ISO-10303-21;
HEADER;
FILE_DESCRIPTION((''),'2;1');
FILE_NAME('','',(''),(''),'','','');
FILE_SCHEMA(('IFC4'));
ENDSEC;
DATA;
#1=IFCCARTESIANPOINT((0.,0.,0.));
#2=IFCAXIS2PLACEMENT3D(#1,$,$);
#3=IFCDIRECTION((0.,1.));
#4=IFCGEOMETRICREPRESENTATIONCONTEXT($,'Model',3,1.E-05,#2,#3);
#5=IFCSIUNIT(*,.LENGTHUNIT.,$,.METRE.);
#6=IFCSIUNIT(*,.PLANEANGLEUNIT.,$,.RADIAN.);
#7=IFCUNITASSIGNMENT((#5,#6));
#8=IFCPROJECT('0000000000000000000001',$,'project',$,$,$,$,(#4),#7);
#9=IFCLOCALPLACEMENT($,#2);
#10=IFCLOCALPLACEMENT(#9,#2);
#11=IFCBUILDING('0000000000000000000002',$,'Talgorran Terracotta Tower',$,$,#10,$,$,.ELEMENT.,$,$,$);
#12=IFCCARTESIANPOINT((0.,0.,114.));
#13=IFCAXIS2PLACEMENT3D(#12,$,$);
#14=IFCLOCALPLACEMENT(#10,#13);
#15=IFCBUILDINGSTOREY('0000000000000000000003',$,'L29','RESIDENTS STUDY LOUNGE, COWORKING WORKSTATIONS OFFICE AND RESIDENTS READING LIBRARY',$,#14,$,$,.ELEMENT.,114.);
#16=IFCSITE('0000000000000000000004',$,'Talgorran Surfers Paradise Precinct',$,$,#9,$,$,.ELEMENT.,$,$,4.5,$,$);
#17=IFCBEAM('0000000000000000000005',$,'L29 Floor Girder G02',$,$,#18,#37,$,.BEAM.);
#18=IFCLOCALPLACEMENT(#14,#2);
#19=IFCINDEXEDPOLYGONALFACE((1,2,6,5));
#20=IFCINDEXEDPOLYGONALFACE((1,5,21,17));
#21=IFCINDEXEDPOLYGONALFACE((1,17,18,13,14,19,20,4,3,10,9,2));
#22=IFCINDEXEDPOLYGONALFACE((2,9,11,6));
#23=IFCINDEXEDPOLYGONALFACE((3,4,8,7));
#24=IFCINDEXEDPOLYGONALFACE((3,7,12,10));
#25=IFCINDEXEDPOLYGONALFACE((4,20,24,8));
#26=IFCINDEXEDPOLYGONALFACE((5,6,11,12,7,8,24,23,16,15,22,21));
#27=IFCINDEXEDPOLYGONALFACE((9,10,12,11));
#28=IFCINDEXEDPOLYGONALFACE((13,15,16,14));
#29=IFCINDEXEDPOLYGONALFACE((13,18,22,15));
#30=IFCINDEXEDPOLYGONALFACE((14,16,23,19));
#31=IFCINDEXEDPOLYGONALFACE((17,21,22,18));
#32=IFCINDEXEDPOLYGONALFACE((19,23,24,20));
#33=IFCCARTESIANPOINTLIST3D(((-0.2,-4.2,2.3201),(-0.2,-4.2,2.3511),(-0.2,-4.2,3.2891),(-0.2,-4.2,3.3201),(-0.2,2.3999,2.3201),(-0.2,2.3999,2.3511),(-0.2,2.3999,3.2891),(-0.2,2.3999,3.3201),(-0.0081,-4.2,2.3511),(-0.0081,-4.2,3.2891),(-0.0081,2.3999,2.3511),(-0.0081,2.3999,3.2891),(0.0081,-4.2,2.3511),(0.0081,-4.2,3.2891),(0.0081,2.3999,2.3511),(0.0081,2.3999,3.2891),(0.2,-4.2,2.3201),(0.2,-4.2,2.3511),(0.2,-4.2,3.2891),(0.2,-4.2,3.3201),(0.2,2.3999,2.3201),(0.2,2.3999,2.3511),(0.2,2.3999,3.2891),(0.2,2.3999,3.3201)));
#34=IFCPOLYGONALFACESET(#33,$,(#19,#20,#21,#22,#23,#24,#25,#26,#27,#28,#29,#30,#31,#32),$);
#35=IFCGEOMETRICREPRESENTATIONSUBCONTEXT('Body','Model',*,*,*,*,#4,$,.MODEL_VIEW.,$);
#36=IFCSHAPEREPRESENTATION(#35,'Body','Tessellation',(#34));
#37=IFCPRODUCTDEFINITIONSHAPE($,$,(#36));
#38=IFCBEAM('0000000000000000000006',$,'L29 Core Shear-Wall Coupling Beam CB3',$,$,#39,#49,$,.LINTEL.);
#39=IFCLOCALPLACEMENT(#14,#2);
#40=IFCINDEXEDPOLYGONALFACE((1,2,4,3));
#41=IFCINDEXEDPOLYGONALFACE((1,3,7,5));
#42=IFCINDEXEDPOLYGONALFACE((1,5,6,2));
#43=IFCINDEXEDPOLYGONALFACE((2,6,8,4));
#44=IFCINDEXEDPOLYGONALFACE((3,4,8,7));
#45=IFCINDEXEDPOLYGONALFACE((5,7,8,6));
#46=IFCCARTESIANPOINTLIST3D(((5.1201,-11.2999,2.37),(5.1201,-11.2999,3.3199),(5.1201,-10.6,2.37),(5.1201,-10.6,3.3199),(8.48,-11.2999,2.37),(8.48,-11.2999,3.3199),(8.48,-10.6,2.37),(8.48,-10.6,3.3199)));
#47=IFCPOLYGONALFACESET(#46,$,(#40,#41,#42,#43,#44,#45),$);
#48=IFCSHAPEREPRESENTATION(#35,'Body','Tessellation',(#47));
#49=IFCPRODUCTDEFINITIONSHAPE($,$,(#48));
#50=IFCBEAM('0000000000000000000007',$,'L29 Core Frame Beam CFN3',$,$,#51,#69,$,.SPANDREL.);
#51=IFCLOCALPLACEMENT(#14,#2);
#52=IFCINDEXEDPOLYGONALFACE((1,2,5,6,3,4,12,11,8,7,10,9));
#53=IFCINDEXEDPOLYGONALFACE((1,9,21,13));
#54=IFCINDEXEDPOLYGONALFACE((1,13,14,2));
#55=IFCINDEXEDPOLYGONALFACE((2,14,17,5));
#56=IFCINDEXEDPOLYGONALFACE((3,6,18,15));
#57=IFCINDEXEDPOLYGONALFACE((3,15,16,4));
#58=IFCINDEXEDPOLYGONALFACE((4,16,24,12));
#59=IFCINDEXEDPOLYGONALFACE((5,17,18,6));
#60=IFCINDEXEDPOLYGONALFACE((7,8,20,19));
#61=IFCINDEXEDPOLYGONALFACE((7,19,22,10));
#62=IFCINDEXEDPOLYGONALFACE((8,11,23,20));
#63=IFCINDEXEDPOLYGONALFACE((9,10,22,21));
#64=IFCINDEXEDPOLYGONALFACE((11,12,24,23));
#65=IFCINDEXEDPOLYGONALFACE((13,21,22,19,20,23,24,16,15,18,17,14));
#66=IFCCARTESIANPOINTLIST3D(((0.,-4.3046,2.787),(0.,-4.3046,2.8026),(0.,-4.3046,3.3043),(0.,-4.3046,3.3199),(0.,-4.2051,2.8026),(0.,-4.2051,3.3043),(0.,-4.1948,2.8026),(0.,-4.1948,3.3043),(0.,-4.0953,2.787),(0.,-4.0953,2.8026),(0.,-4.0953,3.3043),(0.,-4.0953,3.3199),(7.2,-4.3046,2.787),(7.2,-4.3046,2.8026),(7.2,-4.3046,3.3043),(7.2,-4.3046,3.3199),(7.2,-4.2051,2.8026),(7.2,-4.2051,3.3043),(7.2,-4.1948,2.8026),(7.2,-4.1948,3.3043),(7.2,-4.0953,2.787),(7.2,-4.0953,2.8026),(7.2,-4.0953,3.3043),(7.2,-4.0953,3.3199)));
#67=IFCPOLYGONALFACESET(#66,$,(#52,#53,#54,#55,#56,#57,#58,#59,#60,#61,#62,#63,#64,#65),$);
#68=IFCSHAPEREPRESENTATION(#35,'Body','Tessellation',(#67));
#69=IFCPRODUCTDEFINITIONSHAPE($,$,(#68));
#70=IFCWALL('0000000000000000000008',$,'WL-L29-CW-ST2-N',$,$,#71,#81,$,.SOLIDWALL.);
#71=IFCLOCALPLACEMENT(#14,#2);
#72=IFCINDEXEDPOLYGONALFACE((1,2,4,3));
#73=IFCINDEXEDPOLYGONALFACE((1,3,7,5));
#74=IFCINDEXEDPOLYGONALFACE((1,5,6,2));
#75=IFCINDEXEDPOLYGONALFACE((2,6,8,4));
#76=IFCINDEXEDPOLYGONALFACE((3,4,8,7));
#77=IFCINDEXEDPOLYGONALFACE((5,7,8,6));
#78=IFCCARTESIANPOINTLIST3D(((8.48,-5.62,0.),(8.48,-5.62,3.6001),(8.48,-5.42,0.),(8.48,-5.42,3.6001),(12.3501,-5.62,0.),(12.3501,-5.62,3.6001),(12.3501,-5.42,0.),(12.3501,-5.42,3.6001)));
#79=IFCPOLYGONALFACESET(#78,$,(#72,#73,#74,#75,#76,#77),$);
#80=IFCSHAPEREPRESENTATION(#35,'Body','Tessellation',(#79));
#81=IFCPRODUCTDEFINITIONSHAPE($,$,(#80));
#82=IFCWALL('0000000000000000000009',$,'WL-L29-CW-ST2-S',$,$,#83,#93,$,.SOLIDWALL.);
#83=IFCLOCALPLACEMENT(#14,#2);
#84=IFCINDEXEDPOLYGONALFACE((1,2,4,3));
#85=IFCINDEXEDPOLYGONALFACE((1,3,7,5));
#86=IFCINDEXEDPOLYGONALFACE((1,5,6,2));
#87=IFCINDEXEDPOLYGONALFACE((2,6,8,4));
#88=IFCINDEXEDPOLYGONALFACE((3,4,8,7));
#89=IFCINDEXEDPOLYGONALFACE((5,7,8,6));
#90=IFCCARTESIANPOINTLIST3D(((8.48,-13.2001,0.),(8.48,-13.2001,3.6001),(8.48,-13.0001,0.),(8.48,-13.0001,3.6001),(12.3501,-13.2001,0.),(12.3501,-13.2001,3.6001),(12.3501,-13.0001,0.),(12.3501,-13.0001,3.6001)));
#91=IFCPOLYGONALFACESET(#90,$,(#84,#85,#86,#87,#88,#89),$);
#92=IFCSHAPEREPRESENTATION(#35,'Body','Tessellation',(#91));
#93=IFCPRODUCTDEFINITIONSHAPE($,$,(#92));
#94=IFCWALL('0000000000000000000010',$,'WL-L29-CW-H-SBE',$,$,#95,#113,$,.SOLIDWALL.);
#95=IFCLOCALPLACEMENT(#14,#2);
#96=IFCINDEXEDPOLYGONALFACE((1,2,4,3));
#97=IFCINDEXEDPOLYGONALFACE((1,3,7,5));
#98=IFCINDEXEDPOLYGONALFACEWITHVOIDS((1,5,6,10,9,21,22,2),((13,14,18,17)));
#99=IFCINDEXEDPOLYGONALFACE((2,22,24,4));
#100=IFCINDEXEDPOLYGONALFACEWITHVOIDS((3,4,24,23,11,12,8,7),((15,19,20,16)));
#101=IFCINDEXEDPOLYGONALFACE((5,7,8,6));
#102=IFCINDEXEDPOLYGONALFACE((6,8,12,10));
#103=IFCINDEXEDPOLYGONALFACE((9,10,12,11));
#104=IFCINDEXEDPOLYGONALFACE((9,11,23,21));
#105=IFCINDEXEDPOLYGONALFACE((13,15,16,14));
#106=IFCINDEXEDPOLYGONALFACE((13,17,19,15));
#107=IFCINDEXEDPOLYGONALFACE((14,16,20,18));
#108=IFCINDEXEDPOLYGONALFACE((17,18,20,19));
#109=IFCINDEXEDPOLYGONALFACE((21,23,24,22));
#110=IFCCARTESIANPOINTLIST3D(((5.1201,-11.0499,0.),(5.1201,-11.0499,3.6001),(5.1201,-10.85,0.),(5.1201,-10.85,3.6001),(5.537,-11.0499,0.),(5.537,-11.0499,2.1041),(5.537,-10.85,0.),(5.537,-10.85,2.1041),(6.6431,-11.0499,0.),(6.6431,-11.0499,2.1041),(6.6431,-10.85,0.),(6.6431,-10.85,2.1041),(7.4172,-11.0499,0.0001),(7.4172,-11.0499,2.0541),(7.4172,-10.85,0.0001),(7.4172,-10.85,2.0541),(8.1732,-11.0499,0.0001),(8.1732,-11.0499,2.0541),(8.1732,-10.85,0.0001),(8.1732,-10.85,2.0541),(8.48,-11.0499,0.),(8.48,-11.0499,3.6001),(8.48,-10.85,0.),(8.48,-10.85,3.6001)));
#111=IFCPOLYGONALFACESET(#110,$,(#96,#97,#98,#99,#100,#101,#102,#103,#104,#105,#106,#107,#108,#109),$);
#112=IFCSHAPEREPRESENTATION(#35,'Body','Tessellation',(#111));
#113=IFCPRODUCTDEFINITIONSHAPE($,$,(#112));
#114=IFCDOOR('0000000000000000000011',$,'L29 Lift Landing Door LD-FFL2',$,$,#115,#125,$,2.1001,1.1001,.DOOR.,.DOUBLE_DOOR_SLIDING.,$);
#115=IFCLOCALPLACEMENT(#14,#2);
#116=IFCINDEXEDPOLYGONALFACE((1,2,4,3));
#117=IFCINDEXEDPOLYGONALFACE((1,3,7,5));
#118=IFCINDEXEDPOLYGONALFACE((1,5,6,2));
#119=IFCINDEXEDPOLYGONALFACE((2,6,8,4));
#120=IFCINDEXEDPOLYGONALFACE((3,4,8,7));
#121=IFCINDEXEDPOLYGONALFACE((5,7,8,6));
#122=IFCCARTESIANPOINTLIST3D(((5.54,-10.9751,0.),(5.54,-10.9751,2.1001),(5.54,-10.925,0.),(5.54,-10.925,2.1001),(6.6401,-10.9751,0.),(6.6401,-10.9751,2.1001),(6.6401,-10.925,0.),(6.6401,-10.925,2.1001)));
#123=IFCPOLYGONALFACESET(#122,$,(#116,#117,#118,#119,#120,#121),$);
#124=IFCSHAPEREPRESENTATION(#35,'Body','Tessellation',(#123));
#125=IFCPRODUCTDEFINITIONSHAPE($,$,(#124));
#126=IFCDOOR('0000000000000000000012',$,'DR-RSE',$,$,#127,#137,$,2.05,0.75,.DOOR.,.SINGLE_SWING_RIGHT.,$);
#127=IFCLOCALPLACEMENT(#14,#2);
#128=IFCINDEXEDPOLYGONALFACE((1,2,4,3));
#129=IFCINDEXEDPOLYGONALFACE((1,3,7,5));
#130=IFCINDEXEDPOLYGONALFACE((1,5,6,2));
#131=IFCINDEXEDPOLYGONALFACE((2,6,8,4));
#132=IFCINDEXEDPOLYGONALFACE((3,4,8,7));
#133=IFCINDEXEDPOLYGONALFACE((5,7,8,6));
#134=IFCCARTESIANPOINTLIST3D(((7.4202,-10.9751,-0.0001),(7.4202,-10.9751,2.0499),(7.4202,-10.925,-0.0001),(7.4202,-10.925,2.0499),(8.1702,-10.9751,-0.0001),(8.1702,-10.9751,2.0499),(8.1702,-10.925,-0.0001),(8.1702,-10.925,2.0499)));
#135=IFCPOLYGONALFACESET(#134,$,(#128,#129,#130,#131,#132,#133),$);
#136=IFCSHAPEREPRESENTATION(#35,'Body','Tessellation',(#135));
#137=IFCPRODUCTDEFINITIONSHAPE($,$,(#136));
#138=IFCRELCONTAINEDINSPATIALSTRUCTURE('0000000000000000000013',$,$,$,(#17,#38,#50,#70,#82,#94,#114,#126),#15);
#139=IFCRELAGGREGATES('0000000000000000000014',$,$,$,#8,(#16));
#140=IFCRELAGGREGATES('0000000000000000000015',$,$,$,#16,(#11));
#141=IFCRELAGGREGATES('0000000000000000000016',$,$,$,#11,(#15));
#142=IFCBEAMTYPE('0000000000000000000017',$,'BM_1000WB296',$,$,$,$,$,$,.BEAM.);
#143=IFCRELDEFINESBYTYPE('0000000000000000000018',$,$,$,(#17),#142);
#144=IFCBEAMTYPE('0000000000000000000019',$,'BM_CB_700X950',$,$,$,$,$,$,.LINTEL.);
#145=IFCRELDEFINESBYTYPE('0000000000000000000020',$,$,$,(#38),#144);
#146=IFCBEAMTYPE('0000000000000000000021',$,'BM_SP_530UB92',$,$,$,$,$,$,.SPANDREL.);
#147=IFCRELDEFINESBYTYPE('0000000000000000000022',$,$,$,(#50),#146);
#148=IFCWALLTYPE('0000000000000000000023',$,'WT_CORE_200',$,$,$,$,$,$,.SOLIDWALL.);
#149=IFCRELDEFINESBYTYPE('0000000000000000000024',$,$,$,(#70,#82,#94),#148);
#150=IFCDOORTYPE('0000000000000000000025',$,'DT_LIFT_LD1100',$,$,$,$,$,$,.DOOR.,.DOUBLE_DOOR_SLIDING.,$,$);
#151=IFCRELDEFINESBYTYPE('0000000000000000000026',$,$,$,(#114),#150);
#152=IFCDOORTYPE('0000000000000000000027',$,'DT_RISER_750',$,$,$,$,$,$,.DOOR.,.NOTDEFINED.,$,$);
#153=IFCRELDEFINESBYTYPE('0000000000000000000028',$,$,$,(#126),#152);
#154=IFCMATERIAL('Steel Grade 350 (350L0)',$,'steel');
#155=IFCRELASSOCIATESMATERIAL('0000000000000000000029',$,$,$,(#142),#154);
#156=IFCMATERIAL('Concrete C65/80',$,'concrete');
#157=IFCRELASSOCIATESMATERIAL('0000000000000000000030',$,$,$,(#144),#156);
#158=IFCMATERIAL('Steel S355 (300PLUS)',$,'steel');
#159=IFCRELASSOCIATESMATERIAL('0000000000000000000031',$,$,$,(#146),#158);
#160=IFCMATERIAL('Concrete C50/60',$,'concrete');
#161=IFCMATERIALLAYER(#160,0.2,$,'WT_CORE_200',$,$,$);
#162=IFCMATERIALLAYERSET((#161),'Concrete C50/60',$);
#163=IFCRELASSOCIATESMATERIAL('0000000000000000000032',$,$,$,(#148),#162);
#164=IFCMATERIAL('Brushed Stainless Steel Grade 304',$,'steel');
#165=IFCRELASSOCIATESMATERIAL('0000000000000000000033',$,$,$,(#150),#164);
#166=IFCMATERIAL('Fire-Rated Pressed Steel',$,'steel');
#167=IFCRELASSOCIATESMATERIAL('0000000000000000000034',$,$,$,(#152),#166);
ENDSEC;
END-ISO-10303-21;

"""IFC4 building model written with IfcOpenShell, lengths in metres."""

from ifc_helpers import new_model, si_unit, direction, frame, frame_2d, origin, origin_2d, place, context, subcontext, project, spatial, rectangle, i_section, extrude, material, layer, layer_set, material_profile, profile_set, type_object, element, fill, save


model = new_model("IFC4")

# Units and contexts
model_context = context("Model", 3, precision=1e-05, world=origin(), true_north=direction((0.0, 1.0)))
body_context = subcontext(model_context, "Body", "Model", "MODEL_VIEW")
ifc_project = project(units=[si_unit("LENGTHUNIT", "METRE"), si_unit("PLANEANGLEUNIT", "RADIAN")], contexts=[model_context])

# Site, building, storey
site_placement = place(None, origin())
site = spatial("IfcSite", under=ifc_project, at=site_placement, Name="Talgorran Surfers Paradise Precinct", CompositionType="ELEMENT", RefElevation=4.5)
building_placement = place(site_placement, origin())
building = spatial("IfcBuilding", under=site, at=building_placement, Name="Talgorran Terracotta Tower", CompositionType="ELEMENT")
storey_placement = place(building_placement, frame((0.0, 0.0, 114.0)))
storey = spatial("IfcBuildingStorey", under=building, at=storey_placement, Name="L29", Description="RESIDENTS STUDY LOUNGE, COWORKING WORKSTATIONS OFFICE AND RESIDENTS READING LIBRARY", CompositionType="ELEMENT", Elevation=114.0)

# Beams
ifc_material_1 = material(Name="Steel Grade 350 (350L0)", Category="steel")
ifc_material_profile_1 = material_profile(ifc_material_1, i_section(OverallWidth=0.3999, OverallDepth=1.0, WebThickness=0.0161, FlangeThickness=0.031, at=origin_2d()), Name="1000WB296")
ifc_profile_set_1 = profile_set([ifc_material_profile_1], Name="Steel Grade 350 (350L0)")
beam_type_1 = type_object("IfcBeamType", Name="BM_1000WB296", PredefinedType="BEAM", material=ifc_profile_set_1)
beam_1_placement = place(storey_placement, frame((0.0, -4.2, 2.8201), z_axis=(0.0, 1.0, 0.0), x_axis=(-1.0, 0.0, 0.0)))
element("IfcBeam", 1, at=beam_1_placement, inside=storey, type_object=beam_type_1, Name="L29 Floor Girder G02", PredefinedType="BEAM", context=body_context, shape_type="SweptSolid", body=[
    extrude(i_section(OverallWidth=0.3999, OverallDepth=1.0, WebThickness=0.0161, FlangeThickness=0.031, at=origin_2d()), origin(), (0.0, 0.0, 1.0), 6.5999),
])
ifc_material_2 = material(Name="Concrete C65/80", Category="concrete")
ifc_material_profile_2 = material_profile(ifc_material_2, rectangle(XDim=0.7, YDim=0.95, at=origin_2d()), Name="RCCB700X950")
ifc_profile_set_2 = profile_set([ifc_material_profile_2], Name="Concrete C65/80")
beam_type_2 = type_object("IfcBeamType", Name="BM_CB_700X950", PredefinedType="LINTEL", material=ifc_profile_set_2)
beam_2_placement = place(storey_placement, frame((5.1201, -10.95, 2.845), z_axis=(1.0, 0.0, 0.0), x_axis=(0.0, 1.0, 0.0)))
element("IfcBeam", 2, at=beam_2_placement, inside=storey, type_object=beam_type_2, Name="L29 Core Shear-Wall Coupling Beam CB3", PredefinedType="LINTEL", context=body_context, shape_type="SweptSolid", body=[
    extrude(rectangle(XDim=0.7, YDim=0.95, at=origin_2d()), origin(), (0.0, 0.0, 1.0), 3.3599),
])
ifc_material_3 = material(Name="Steel S355 (300PLUS)", Category="steel")
ifc_material_profile_3 = material_profile(ifc_material_3, i_section(OverallWidth=0.2092, OverallDepth=0.533, WebThickness=0.0103, FlangeThickness=0.0156, at=origin_2d()), Name="530UB92.4")
ifc_profile_set_3 = profile_set([ifc_material_profile_3], Name="Steel S355 (300PLUS)")
beam_type_3 = type_object("IfcBeamType", Name="BM_SP_530UB92", PredefinedType="SPANDREL", material=ifc_profile_set_3)
beam_3_placement = place(storey_placement, frame((0.0, -4.2, 3.0535), z_axis=(1.0, 0.0, 0.0), x_axis=(0.0, 1.0, 0.0)))
element("IfcBeam", 3, at=beam_3_placement, inside=storey, type_object=beam_type_3, Name="L29 Core Frame Beam CFN3", PredefinedType="SPANDREL", context=body_context, shape_type="SweptSolid", body=[
    extrude(i_section(OverallWidth=0.2092, OverallDepth=0.533, WebThickness=0.0103, FlangeThickness=0.0156, at=origin_2d()), origin(), (0.0, 0.0, 1.0), 7.2),
])

# Walls
ifc_material_4 = material(Name="Concrete C50/60", Category="concrete")
ifc_layer_1 = layer(ifc_material_4, 0.2, Name="WT_CORE_200")
ifc_layer_set_1 = layer_set([ifc_layer_1], Name="Concrete C50/60")
wall_type_1 = type_object("IfcWallType", Name="WT_CORE_200", PredefinedType="SOLIDWALL", material=ifc_layer_set_1)
for number, where, z_axis, x_axis, name in (
    (4, (8.48, -5.52, 0.0), (0.0, 0.0, 1.0), (1.0, 0.0, 0.0), "WL-L29-CW-ST2-N"),
    (5, (8.48, -13.1001, 0.0), (0.0, 0.0, 1.0), (1.0, 0.0, 0.0), "WL-L29-CW-ST2-S"),
):
    element("IfcWall", number, at=place(storey_placement, frame(where, z_axis=z_axis, x_axis=x_axis)), inside=storey, type_object=wall_type_1, Name=name, PredefinedType="SOLIDWALL", context=body_context, shape_type="SweptSolid", body=[
        extrude(rectangle(XDim=3.8701, YDim=0.2, at=frame_2d((1.9351, 0.0))), origin(), (0.0, 0.0, 1.0), 3.6001),
    ])

# Wall, openings, doors
wall_1_placement = place(storey_placement, frame((5.1201, -10.95, 0.0), z_axis=(0.0, 0.0, 1.0), x_axis=(1.0, 0.0, 0.0)))
wall_1 = element("IfcWall", 6, at=wall_1_placement, inside=storey, type_object=wall_type_1, Name="WL-L29-CW-H-SBE", PredefinedType="SOLIDWALL", context=body_context, shape_type="SweptSolid", body=[
    extrude(rectangle(XDim=3.3599, YDim=0.2, at=frame_2d((1.6799, 0.0))), origin(), (0.0, 0.0, 1.0), 3.6001),
])
opening_1_placement = place(wall_1_placement, frame((0.4199, 0.0, 0.0)))
opening_1 = element("IfcOpeningElement", 7, at=opening_1_placement, cuts=wall_1, PredefinedType="OPENING", context=body_context, shape_type="SweptSolid", body=[
    extrude(rectangle(XDim=1.1061, YDim=2.1041, at=frame_2d((0.55, 1.052))), frame((0.0, 0.1099, 0.0), z_axis=(0.0, -1.0, 0.0), x_axis=(1.0, 0.0, 0.0)), (0.0, 0.0, 1.0), 0.22),
])
opening_2_placement = place(wall_1_placement, frame((2.3, 0.0, 0.0)))
opening_2 = element("IfcOpeningElement", 8, at=opening_2_placement, cuts=wall_1, PredefinedType="OPENING", context=body_context, shape_type="SweptSolid", body=[
    extrude(rectangle(XDim=0.756, YDim=2.054, at=frame_2d((0.375, 1.0271))), frame((0.0, 0.1099, 0.0), z_axis=(0.0, -1.0, 0.0), x_axis=(1.0, 0.0, 0.0)), (0.0, 0.0, 1.0), 0.22),
])
ifc_material_5 = material(Name="Brushed Stainless Steel Grade 304", Category="steel")
door_type_1 = type_object("IfcDoorType", Name="DT_LIFT_LD1100", OperationType="DOUBLE_DOOR_SLIDING", PredefinedType="DOOR", material=ifc_material_5)
door_1_placement = place(opening_1_placement, origin())
door_1 = element("IfcDoor", 9, at=door_1_placement, inside=storey, type_object=door_type_1, Name="L29 Lift Landing Door LD-FFL2", OperationType="DOUBLE_DOOR_SLIDING", OverallHeight=2.1001, OverallWidth=1.1001, PredefinedType="DOOR", context=body_context, shape_type="SweptSolid", body=[
    extrude(rectangle(XDim=1.1001, YDim=2.1001, at=frame_2d((0.55, 1.05))), frame((0.0, 0.0249, 0.0), z_axis=(0.0, -1.0, 0.0), x_axis=(1.0, 0.0, 0.0)), (0.0, 0.0, 1.0), 0.05),
])
fill(opening_1, door_1)
ifc_material_6 = material(Name="Fire-Rated Pressed Steel", Category="steel")
door_type_2 = type_object("IfcDoorType", Name="DT_RISER_750", OperationType="NOTDEFINED", PredefinedType="DOOR", material=ifc_material_6)
door_2_placement = place(opening_2_placement, origin())
door_2 = element("IfcDoor", 10, at=door_2_placement, inside=storey, type_object=door_type_2, Name="DR-RSE", OperationType="SINGLE_SWING_RIGHT", OverallHeight=2.05, OverallWidth=0.75, PredefinedType="DOOR", context=body_context, shape_type="SweptSolid", body=[
    extrude(rectangle(XDim=0.75, YDim=2.05, at=frame_2d((0.375, 1.0249))), frame((0.0, 0.0249, 0.0), z_axis=(0.0, -1.0, 0.0), x_axis=(1.0, 0.0, 0.0)), (0.0, 0.0, 1.0), 0.05),
])
fill(opening_2, door_2)

save(model, "model.ifc")
